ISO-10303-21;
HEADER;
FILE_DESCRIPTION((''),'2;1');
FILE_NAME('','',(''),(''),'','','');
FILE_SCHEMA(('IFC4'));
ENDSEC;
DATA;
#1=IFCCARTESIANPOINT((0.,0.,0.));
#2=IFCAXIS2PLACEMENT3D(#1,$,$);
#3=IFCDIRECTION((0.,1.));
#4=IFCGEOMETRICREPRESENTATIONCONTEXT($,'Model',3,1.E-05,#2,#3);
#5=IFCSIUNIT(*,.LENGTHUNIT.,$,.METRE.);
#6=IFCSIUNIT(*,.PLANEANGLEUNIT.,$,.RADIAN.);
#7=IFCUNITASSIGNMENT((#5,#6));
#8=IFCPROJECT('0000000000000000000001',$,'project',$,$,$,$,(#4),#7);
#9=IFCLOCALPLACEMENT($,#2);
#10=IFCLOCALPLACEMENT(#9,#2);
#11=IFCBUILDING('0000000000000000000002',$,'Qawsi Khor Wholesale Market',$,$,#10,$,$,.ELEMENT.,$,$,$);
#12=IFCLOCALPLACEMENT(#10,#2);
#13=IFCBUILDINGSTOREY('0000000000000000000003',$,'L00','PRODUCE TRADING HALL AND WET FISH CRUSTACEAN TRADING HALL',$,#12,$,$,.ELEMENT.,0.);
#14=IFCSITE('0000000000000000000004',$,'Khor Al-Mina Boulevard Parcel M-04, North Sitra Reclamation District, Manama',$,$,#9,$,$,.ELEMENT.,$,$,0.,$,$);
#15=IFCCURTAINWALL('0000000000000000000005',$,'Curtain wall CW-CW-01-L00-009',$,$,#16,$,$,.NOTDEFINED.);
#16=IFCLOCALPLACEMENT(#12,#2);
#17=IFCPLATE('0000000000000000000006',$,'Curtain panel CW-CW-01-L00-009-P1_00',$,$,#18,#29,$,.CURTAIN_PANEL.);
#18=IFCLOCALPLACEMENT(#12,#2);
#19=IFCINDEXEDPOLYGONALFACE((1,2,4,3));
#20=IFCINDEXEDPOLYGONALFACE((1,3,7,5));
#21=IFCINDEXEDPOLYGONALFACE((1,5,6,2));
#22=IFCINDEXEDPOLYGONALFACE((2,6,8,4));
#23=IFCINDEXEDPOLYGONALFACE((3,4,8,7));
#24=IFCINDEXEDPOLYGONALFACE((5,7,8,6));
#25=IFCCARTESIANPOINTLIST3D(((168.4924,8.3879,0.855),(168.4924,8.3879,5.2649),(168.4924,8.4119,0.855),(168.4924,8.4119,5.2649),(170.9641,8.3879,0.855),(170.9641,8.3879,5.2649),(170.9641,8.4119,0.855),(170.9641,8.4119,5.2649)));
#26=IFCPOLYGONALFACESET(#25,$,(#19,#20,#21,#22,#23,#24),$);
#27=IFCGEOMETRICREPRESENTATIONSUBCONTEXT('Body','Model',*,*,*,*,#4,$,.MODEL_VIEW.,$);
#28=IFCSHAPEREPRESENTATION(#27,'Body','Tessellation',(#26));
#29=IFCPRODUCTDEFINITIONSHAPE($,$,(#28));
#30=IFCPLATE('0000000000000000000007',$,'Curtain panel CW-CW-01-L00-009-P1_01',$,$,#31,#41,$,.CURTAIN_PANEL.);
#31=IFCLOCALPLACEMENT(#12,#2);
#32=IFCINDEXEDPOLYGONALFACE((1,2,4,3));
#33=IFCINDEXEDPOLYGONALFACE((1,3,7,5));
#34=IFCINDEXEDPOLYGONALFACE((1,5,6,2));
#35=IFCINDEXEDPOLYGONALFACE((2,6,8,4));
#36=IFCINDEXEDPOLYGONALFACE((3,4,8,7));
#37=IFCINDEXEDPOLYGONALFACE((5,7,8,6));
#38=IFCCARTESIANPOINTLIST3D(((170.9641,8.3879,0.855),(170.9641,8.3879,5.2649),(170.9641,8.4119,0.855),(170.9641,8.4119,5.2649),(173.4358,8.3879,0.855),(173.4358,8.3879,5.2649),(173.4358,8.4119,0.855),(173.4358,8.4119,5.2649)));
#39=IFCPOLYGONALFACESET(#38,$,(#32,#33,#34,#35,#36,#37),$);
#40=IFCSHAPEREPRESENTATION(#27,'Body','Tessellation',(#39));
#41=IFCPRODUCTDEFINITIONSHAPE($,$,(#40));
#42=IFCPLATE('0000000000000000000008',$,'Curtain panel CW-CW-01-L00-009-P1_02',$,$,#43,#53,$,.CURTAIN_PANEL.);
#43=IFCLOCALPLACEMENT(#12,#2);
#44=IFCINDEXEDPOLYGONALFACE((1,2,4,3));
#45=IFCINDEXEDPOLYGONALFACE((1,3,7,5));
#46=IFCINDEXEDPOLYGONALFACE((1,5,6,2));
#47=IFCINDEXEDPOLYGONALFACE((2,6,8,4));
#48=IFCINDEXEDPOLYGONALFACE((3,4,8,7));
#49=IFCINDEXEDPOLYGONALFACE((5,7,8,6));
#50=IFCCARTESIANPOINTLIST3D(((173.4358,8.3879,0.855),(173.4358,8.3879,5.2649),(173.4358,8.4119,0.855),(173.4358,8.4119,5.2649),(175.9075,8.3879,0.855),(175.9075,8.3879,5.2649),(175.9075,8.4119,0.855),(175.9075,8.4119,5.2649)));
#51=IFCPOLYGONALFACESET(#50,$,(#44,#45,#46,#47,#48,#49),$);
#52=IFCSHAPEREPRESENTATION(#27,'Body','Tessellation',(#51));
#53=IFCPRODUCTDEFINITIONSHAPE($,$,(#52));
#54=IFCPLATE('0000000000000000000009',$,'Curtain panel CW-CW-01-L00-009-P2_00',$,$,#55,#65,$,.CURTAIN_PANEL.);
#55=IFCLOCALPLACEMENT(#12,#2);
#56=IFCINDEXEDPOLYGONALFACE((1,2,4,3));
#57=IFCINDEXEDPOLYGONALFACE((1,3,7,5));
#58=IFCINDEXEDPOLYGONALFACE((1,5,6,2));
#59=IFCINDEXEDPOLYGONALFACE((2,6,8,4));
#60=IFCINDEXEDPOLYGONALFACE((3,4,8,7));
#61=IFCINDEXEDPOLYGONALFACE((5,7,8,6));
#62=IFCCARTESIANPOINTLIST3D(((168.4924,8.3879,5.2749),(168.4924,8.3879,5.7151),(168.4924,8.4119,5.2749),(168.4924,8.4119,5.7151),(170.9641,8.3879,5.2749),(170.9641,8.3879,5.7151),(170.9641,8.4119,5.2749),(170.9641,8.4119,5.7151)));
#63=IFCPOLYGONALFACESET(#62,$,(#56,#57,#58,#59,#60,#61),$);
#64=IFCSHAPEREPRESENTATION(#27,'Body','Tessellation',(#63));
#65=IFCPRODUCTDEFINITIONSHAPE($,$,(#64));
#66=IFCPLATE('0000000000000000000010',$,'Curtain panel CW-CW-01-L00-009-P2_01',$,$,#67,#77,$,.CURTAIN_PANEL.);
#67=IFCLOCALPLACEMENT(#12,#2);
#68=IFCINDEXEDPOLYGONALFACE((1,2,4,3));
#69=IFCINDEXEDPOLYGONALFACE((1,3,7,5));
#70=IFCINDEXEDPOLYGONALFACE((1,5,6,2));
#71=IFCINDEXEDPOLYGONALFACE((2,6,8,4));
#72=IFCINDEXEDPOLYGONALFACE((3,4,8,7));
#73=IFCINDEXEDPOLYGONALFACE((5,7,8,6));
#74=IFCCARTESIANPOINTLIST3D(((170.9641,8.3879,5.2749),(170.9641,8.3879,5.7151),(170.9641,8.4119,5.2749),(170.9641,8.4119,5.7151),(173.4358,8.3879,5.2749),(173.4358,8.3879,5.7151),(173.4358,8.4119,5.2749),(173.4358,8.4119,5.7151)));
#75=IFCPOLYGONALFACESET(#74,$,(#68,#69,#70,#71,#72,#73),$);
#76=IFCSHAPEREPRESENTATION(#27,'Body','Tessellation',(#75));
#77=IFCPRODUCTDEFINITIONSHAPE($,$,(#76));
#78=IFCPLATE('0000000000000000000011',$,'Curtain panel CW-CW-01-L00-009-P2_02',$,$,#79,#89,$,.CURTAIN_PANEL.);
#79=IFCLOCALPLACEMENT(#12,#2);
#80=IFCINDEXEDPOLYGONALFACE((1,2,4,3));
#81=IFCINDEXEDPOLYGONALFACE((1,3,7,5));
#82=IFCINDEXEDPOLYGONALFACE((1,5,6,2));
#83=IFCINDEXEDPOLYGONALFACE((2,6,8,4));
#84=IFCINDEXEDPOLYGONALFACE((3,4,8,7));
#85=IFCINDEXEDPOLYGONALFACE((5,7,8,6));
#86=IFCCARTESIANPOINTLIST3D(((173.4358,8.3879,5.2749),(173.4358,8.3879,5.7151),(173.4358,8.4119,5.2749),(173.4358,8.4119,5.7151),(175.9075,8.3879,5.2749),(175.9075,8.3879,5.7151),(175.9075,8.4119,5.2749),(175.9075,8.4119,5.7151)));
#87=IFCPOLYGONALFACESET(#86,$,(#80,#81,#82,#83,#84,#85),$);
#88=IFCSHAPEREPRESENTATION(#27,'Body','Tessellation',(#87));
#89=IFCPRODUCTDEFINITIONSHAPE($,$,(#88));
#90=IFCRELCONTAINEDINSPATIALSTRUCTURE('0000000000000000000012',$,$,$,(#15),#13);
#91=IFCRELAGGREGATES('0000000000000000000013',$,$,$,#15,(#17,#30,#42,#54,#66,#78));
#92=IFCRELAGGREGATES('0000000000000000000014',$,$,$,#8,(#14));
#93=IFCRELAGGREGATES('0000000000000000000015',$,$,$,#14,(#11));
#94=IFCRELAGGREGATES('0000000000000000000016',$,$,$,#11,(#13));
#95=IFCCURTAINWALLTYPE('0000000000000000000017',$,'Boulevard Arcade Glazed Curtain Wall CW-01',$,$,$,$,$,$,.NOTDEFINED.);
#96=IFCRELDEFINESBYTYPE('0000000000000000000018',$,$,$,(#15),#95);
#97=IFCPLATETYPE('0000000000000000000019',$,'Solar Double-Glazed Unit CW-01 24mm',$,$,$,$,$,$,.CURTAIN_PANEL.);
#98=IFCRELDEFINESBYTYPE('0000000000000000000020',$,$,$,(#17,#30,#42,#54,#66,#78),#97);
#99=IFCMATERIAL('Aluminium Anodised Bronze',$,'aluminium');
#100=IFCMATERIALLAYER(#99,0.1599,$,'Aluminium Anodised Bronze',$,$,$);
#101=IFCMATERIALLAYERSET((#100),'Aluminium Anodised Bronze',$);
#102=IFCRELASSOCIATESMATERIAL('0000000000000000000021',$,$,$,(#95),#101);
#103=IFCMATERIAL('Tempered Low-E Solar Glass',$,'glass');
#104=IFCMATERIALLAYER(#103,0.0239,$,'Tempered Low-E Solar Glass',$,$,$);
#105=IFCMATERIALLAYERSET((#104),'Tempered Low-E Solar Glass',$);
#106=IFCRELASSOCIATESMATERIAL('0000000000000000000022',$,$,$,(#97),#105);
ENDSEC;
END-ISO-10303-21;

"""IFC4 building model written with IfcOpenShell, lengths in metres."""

from ifc_helpers import new_model, si_unit, direction, frame, frame_2d, origin, place, context, subcontext, project, spatial, rectangle, extrude, material, layer, layer_set, type_object, element, aggregate, save


model = new_model("IFC4")

# Units and contexts
model_context = context("Model", 3, precision=1e-05, world=origin(), true_north=direction((0.0, 1.0)))
body_context = subcontext(model_context, "Body", "Model", "MODEL_VIEW")
ifc_project = project(units=[si_unit("LENGTHUNIT", "METRE"), si_unit("PLANEANGLEUNIT", "RADIAN")], contexts=[model_context])

# Site, building, storey
site_placement = place(None, origin())
site = spatial("IfcSite", under=ifc_project, at=site_placement, Name="Khor Al-Mina Boulevard Parcel M-04, North Sitra Reclamation District, Manama", CompositionType="ELEMENT", RefElevation=0.0)
building_placement = place(site_placement, origin())
building = spatial("IfcBuilding", under=site, at=building_placement, Name="Qawsi Khor Wholesale Market", CompositionType="ELEMENT")
storey_placement = place(building_placement, origin())
storey = spatial("IfcBuildingStorey", under=building, at=storey_placement, Name="L00", Description="PRODUCE TRADING HALL AND WET FISH CRUSTACEAN TRADING HALL", CompositionType="ELEMENT", Elevation=0.0)

# Curtain wall
ifc_material_1 = material(Name="Aluminium Anodised Bronze", Category="aluminium")
ifc_layer_1 = layer(ifc_material_1, 0.1599, Name="Aluminium Anodised Bronze")
ifc_layer_set_1 = layer_set([ifc_layer_1], Name="Aluminium Anodised Bronze")
curtain_wall_type = type_object("IfcCurtainWallType", Name="Boulevard Arcade Glazed Curtain Wall CW-01", PredefinedType="NOTDEFINED", material=ifc_layer_set_1)
curtain_wall_1_placement = place(storey_placement, origin())
curtain_wall_1 = element("IfcCurtainWall", 1, at=curtain_wall_1_placement, inside=storey, type_object=curtain_wall_type, Name="Curtain wall CW-CW-01-L00-009", PredefinedType="NOTDEFINED")

# Plates
ifc_material_2 = material(Name="Tempered Low-E Solar Glass", Category="glass")
ifc_layer_2 = layer(ifc_material_2, 0.0239, Name="Tempered Low-E Solar Glass")
ifc_layer_set_2 = layer_set([ifc_layer_2], Name="Tempered Low-E Solar Glass")
plate_type_1 = type_object("IfcPlateType", Name="Solar Double-Glazed Unit CW-01 24mm", PredefinedType="CURTAIN_PANEL", material=ifc_layer_set_2)
plate_1_placement = place(storey_placement, frame((168.4924, 8.3999, 0.855), z_axis=(0.0, 0.0, 1.0), x_axis=(1.0, 0.0, 0.0)))
plate_1 = element("IfcPlate", 2, at=plate_1_placement, type_object=plate_type_1, Name="Curtain panel CW-CW-01-L00-009-P1_00", PredefinedType="CURTAIN_PANEL", context=body_context, shape_type="SweptSolid", body=[
    extrude(rectangle(XDim=2.4717, YDim=0.0239, at=frame_2d((1.2358, 0.0))), origin(), (0.0, 0.0, 1.0), 4.4099),
])
plate_2_placement = place(storey_placement, frame((170.9641, 8.3999, 0.855), z_axis=(0.0, 0.0, 1.0), x_axis=(1.0, 0.0, 0.0)))
plate_2 = element("IfcPlate", 3, at=plate_2_placement, type_object=plate_type_1, Name="Curtain panel CW-CW-01-L00-009-P1_01", PredefinedType="CURTAIN_PANEL", context=body_context, shape_type="SweptSolid", body=[
    extrude(rectangle(XDim=2.4717, YDim=0.0239, at=frame_2d((1.2358, 0.0))), origin(), (0.0, 0.0, 1.0), 4.4099),
])
plate_3_placement = place(storey_placement, frame((173.4358, 8.3999, 0.855), z_axis=(0.0, 0.0, 1.0), x_axis=(1.0, 0.0, 0.0)))
plate_3 = element("IfcPlate", 4, at=plate_3_placement, type_object=plate_type_1, Name="Curtain panel CW-CW-01-L00-009-P1_02", PredefinedType="CURTAIN_PANEL", context=body_context, shape_type="SweptSolid", body=[
    extrude(rectangle(XDim=2.4717, YDim=0.0239, at=frame_2d((1.2358, 0.0))), origin(), (0.0, 0.0, 1.0), 4.4099),
])
plate_4_placement = place(storey_placement, frame((168.4924, 8.3999, 5.2749), z_axis=(0.0, 0.0, 1.0), x_axis=(1.0, 0.0, 0.0)))
plate_4 = element("IfcPlate", 5, at=plate_4_placement, type_object=plate_type_1, Name="Curtain panel CW-CW-01-L00-009-P2_00", PredefinedType="CURTAIN_PANEL", context=body_context, shape_type="SweptSolid", body=[
    extrude(rectangle(XDim=2.4717, YDim=0.0239, at=frame_2d((1.2358, 0.0))), origin(), (0.0, 0.0, 1.0), 0.4402),
])
plate_5_placement = place(storey_placement, frame((170.9641, 8.3999, 5.2749), z_axis=(0.0, 0.0, 1.0), x_axis=(1.0, 0.0, 0.0)))
plate_5 = element("IfcPlate", 6, at=plate_5_placement, type_object=plate_type_1, Name="Curtain panel CW-CW-01-L00-009-P2_01", PredefinedType="CURTAIN_PANEL", context=body_context, shape_type="SweptSolid", body=[
    extrude(rectangle(XDim=2.4717, YDim=0.0239, at=frame_2d((1.2358, 0.0))), origin(), (0.0, 0.0, 1.0), 0.4402),
])
plate_6_placement = place(storey_placement, frame((173.4358, 8.3999, 5.2749), z_axis=(0.0, 0.0, 1.0), x_axis=(1.0, 0.0, 0.0)))
plate_6 = element("IfcPlate", 7, at=plate_6_placement, type_object=plate_type_1, Name="Curtain panel CW-CW-01-L00-009-P2_02", PredefinedType="CURTAIN_PANEL", context=body_context, shape_type="SweptSolid", body=[
    extrude(rectangle(XDim=2.4717, YDim=0.0239, at=frame_2d((1.2358, 0.0))), origin(), (0.0, 0.0, 1.0), 0.4402),
])
aggregate(curtain_wall_1, [plate_1, plate_2, plate_3, plate_4, plate_5, plate_6])

save(model, "model.ifc")
